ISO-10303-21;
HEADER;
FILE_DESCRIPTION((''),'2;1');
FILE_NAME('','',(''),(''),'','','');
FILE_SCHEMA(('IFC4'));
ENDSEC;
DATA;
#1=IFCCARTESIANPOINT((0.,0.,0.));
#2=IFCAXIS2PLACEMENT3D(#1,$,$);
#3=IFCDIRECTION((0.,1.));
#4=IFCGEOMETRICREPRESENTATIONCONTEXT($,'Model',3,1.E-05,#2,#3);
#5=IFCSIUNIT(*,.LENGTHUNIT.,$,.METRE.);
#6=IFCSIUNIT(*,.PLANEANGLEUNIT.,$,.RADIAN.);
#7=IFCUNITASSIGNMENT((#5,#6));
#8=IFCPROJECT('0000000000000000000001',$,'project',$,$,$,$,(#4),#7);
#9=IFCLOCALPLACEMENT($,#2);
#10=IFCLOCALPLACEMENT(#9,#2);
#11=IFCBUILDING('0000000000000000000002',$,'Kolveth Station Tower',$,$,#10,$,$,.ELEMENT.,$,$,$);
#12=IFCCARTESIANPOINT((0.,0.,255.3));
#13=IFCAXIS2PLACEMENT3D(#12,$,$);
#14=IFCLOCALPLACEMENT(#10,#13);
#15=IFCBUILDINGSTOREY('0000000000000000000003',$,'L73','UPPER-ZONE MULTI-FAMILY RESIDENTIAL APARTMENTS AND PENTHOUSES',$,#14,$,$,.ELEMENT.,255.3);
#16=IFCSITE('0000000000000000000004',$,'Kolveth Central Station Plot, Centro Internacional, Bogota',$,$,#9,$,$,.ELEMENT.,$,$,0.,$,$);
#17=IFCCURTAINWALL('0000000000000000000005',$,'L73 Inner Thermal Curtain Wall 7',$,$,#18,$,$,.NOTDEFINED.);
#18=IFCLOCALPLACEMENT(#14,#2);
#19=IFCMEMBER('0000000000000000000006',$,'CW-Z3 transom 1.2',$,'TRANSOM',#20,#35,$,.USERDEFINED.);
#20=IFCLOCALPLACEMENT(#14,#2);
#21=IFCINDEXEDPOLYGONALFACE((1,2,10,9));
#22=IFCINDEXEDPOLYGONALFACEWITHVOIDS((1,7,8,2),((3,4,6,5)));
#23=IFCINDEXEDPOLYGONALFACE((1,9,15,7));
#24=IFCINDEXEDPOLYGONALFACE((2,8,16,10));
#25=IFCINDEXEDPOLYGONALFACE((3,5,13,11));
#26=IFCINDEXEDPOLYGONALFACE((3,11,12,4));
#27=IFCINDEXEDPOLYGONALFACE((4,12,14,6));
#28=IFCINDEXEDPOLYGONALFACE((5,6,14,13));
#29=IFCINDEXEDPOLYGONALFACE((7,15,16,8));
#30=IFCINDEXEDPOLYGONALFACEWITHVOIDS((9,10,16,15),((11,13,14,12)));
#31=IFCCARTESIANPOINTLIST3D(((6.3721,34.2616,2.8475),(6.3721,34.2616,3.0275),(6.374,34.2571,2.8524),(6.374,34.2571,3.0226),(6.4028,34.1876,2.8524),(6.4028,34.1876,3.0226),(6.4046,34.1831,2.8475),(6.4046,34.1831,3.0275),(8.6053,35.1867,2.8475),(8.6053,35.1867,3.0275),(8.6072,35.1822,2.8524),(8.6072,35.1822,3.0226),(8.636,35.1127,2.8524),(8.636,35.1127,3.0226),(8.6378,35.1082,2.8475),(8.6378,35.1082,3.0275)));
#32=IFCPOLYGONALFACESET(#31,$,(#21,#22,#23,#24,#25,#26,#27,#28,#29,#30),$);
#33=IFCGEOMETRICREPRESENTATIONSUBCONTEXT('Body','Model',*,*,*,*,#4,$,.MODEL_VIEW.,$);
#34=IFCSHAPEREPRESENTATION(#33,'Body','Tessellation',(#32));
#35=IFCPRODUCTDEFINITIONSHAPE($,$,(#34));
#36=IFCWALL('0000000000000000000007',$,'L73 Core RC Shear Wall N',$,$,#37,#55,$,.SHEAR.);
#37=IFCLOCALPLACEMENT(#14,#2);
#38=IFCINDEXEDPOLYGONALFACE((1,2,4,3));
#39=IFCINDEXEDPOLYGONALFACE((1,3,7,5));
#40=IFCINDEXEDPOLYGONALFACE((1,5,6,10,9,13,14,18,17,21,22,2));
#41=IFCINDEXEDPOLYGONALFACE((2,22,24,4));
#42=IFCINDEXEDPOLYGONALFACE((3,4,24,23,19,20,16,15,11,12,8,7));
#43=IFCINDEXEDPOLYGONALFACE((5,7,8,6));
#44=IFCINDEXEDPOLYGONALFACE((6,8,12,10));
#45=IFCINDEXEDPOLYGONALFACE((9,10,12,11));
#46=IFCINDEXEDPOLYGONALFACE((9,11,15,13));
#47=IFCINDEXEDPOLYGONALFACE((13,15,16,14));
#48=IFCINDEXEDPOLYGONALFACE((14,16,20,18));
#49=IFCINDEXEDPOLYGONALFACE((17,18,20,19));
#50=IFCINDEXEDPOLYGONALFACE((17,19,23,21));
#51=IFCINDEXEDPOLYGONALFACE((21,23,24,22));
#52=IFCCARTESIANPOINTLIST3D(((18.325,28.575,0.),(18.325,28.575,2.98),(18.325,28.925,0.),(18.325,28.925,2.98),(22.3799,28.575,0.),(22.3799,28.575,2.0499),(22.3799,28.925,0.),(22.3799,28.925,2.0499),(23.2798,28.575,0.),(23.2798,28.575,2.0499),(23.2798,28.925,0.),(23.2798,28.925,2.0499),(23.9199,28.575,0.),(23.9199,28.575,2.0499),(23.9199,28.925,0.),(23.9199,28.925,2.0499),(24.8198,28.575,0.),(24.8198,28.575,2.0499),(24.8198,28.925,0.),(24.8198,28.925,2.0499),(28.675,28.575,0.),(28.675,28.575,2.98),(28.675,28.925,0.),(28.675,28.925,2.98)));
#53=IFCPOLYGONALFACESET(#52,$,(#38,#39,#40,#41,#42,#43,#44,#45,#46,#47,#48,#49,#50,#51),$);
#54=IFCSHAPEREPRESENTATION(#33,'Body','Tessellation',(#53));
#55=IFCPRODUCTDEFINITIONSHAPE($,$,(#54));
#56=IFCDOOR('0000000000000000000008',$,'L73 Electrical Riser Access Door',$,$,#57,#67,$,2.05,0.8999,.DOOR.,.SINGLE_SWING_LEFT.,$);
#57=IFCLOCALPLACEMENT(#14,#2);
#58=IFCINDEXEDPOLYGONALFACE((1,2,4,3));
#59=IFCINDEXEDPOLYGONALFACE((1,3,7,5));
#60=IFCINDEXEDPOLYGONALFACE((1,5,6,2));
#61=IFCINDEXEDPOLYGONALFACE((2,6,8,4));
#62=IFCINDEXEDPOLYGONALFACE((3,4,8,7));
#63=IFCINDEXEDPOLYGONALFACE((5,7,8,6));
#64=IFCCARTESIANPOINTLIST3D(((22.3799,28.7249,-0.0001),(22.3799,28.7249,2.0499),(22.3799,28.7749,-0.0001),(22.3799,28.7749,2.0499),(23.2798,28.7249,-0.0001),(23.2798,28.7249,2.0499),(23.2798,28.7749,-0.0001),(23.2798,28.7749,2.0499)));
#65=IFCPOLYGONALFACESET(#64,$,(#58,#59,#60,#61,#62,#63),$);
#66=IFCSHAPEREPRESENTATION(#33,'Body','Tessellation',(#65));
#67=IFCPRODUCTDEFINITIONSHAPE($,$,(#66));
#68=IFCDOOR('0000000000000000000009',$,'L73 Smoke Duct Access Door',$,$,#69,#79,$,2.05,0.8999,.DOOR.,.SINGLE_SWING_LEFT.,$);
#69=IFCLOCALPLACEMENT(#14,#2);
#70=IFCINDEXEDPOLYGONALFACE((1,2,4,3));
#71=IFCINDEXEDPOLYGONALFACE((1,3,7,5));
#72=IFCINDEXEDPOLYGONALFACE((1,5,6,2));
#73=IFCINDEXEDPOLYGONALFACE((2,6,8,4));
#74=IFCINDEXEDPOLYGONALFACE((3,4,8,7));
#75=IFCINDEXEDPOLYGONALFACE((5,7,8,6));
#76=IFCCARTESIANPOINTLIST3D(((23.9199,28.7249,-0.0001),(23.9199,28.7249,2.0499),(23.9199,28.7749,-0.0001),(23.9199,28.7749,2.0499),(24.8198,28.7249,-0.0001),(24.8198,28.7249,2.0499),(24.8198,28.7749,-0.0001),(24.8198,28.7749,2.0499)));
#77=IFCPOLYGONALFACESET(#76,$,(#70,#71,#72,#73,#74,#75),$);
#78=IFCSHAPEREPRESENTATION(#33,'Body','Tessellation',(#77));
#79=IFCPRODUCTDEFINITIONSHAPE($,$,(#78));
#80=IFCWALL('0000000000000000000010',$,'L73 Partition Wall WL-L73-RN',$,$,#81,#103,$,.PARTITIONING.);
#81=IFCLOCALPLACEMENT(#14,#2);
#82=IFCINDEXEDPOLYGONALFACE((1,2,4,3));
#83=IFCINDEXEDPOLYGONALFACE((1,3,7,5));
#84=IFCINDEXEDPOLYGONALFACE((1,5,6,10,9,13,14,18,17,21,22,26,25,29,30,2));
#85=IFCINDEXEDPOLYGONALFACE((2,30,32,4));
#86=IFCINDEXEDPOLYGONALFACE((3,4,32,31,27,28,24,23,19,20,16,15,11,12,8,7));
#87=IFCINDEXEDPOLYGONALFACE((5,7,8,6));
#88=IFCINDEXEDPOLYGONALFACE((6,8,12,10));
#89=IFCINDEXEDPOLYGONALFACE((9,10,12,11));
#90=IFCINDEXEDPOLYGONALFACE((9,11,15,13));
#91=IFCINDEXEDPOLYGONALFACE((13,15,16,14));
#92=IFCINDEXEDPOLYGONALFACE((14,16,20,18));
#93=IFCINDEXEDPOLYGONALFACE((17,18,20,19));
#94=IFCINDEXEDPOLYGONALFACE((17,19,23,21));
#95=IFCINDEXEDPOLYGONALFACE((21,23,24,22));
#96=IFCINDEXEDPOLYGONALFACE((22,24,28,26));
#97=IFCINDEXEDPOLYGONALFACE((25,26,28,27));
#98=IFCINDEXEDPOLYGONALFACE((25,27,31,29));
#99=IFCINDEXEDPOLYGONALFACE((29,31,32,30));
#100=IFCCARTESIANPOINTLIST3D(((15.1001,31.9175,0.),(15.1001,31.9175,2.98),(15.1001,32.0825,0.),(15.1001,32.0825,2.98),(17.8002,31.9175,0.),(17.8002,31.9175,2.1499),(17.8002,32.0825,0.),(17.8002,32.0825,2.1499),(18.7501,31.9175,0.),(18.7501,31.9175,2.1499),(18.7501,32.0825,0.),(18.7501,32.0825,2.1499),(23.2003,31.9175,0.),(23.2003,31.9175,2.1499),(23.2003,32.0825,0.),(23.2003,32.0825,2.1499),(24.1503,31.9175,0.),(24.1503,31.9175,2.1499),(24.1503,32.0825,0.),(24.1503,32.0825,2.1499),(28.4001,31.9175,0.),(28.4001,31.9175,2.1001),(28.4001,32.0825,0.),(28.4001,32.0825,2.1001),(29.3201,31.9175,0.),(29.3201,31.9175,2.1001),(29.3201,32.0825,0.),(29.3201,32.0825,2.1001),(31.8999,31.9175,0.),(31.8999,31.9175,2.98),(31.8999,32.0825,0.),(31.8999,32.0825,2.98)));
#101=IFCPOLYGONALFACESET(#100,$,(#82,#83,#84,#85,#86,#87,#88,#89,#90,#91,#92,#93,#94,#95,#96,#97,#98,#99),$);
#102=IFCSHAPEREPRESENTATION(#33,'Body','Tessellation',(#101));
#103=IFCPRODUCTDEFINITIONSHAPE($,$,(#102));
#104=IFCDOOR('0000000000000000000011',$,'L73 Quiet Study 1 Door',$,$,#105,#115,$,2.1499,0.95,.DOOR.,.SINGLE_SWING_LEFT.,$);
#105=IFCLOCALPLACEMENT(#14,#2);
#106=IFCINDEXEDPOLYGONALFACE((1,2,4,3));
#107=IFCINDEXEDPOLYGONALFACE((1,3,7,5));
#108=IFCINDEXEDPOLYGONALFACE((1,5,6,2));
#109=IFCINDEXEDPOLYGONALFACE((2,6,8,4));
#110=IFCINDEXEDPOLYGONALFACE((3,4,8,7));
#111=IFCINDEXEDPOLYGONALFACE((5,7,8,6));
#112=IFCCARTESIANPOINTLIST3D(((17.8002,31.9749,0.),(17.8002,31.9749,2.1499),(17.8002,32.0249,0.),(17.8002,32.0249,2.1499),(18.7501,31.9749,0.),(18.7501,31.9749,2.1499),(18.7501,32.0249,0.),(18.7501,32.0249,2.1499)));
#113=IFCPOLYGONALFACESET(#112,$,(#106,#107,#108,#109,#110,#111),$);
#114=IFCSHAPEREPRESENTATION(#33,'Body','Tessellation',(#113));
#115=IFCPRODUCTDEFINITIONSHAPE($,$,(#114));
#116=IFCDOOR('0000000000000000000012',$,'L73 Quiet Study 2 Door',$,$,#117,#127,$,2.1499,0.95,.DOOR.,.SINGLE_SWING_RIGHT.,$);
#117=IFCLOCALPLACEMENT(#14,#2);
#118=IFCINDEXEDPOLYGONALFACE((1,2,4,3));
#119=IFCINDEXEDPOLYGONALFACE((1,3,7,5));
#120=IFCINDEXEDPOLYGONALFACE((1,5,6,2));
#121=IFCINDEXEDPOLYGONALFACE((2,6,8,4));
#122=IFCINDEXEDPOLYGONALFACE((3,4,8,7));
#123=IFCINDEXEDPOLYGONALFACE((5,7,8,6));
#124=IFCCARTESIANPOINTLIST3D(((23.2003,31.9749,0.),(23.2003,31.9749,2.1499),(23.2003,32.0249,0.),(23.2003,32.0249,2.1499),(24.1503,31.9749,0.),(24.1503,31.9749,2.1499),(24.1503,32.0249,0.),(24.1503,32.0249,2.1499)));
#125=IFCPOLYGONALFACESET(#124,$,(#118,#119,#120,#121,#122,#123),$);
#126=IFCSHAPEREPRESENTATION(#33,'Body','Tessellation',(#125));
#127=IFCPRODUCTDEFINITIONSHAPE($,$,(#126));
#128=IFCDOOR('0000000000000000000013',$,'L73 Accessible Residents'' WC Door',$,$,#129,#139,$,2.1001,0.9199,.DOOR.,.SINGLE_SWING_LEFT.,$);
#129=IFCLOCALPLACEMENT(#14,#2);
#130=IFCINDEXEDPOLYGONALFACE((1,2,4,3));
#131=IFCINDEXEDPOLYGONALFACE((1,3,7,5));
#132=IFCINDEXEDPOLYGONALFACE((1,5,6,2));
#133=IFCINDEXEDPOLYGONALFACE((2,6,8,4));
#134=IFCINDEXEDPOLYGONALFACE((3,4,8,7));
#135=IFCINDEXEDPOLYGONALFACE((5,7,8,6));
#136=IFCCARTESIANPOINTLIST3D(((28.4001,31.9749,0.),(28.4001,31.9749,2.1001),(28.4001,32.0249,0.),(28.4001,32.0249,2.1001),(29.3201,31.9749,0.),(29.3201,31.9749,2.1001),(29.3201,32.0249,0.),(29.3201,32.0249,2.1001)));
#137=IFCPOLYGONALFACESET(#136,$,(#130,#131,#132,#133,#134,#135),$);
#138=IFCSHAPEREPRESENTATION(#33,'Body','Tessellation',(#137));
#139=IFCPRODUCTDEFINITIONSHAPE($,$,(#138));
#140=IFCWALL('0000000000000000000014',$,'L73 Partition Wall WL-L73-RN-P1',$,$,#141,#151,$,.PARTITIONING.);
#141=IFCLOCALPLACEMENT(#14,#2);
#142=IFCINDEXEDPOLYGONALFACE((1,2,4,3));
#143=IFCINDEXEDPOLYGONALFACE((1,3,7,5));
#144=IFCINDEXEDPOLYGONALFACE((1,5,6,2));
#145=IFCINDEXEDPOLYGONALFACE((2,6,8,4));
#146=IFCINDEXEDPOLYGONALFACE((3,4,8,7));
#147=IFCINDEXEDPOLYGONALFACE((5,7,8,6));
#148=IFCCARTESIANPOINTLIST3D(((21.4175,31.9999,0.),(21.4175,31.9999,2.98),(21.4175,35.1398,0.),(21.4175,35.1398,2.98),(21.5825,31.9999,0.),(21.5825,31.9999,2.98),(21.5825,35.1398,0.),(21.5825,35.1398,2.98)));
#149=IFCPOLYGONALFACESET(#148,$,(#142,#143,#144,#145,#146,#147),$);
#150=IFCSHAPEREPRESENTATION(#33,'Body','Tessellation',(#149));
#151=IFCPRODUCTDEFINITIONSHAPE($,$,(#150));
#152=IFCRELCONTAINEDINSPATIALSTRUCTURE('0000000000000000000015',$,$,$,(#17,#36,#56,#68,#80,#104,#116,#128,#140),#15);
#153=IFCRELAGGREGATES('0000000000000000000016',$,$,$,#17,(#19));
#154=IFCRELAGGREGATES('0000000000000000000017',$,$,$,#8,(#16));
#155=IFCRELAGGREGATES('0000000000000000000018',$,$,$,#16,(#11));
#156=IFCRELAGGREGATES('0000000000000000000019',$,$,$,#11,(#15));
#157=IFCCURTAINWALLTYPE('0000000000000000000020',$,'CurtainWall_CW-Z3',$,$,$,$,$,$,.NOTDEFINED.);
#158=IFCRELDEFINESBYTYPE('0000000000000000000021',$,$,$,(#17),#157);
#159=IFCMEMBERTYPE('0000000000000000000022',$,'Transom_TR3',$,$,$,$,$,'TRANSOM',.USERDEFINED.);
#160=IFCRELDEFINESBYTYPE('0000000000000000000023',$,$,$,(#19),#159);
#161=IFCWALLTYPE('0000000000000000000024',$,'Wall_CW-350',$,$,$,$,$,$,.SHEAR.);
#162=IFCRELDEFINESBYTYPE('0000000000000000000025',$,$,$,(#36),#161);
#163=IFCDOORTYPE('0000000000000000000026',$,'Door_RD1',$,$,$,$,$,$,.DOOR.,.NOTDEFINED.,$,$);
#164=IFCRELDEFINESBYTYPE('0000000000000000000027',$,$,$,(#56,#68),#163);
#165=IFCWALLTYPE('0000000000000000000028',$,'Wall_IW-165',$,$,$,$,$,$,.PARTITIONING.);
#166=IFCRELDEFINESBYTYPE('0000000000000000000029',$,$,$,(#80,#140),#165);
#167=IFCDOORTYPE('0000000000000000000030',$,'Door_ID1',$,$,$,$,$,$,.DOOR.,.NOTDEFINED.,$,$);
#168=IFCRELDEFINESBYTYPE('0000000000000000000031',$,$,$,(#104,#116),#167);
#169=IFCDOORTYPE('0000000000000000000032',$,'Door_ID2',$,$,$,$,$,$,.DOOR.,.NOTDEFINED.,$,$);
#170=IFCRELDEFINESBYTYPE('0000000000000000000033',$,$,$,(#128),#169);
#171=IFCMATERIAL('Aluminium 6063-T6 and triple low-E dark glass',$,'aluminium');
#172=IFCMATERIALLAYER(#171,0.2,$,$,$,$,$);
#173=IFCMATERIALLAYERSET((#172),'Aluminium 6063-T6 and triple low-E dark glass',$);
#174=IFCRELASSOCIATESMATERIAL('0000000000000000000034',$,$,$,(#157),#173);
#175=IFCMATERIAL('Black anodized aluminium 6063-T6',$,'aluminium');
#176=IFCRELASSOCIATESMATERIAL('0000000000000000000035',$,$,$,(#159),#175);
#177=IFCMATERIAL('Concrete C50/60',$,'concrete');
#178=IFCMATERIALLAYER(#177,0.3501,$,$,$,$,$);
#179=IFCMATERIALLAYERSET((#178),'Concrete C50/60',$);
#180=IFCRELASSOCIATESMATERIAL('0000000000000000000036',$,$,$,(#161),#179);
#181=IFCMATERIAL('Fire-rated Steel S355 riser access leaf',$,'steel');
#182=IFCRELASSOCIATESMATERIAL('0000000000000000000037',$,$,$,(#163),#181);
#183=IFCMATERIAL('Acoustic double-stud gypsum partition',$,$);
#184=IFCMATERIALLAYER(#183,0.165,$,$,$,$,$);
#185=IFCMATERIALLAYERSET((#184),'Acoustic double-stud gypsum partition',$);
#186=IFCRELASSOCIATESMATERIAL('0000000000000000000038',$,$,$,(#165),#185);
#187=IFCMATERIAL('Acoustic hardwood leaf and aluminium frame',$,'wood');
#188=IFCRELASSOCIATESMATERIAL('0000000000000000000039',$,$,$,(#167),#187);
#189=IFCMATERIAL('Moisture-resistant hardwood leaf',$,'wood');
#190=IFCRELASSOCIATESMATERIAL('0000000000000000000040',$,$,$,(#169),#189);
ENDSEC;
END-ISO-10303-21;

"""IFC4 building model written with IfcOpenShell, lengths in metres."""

from ifc_helpers import new_model, si_unit, direction, frame, frame_2d, origin, origin_2d, place, context, subcontext, project, spatial, rectangle, hollow_rectangle, extrude, source, transform, mapped, material, layer, layer_set, material_profile, profile_set, type_object, element, fill, aggregate, save


model = new_model("IFC4")

# Units and contexts
model_context = context("Model", 3, precision=1e-05, world=origin(), true_north=direction((0.0, 1.0)))
body_context = subcontext(model_context, "Body", "Model", "MODEL_VIEW")
ifc_project = project(units=[si_unit("LENGTHUNIT", "METRE"), si_unit("PLANEANGLEUNIT", "RADIAN")], contexts=[model_context])

# Site, building, storey
site_placement = place(None, origin())
site = spatial("IfcSite", under=ifc_project, at=site_placement, Name="Kolveth Central Station Plot, Centro Internacional, Bogota", CompositionType="ELEMENT", RefElevation=0.0)
building_placement = place(site_placement, origin())
building = spatial("IfcBuilding", under=site, at=building_placement, Name="Kolveth Station Tower", CompositionType="ELEMENT")
storey_placement = place(building_placement, frame((0.0, 0.0, 255.3)))
storey = spatial("IfcBuildingStorey", under=building, at=storey_placement, Name="L73", Description="UPPER-ZONE MULTI-FAMILY RESIDENTIAL APARTMENTS AND PENTHOUSES", CompositionType="ELEMENT", Elevation=255.3)

# Shared definitions
ifc_material_1 = material(Name="Black anodized aluminium 6063-T6", Category="aluminium")
ifc_material_2 = material(Name="Aluminium 6063-T6 and triple low-E dark glass", Category="aluminium")
ifc_layer_1 = layer(ifc_material_2, 0.2)
ifc_layer_set_1 = layer_set([ifc_layer_1], Name="Aluminium 6063-T6 and triple low-E dark glass")
curtain_wall_type_1 = type_object("IfcCurtainWallType", Name="CurtainWall_CW-Z3", PredefinedType="NOTDEFINED", material=ifc_layer_set_1)

# Curtain wall, member
curtain_wall_1_placement = place(storey_placement, origin())
curtain_wall_1 = element("IfcCurtainWall", 1, at=curtain_wall_1_placement, inside=storey, type_object=curtain_wall_type_1, Name="L73 Inner Thermal Curtain Wall 7", PredefinedType="NOTDEFINED")
ifc_material_profile_1 = material_profile(ifc_material_1, hollow_rectangle(XDim=0.085, YDim=0.1799, WallThickness=0.0049, at=origin_2d()), Name="ALU-85x180x5")
ifc_profile_set_1 = profile_set([ifc_material_profile_1], Name="Black anodized aluminium 6063-T6")
member_type_1 = type_object("IfcMemberType", Name="Transom_TR3", ElementType="TRANSOM", PredefinedType="USERDEFINED", material=ifc_profile_set_1)
shared_shape_1 = source(origin(), body_context, "Body", "SweptSolid", [
    extrude(hollow_rectangle(XDim=0.085, YDim=0.1799, WallThickness=0.0049, at=origin_2d()), origin(), (0.0, 0.0, 1.0), 2.4172),
])
member_1_placement = place(storey_placement, frame((8.6216, 35.1475, 2.9375), z_axis=(-0.923873, -0.3827, 0.0), x_axis=(0.3827, -0.923873, 0.0)))
member_1 = element("IfcMember", 2, at=member_1_placement, type_object=member_type_1, Name="CW-Z3 transom 1.2", ObjectType="TRANSOM", PredefinedType="USERDEFINED", context=body_context, shape_type="MappedRepresentation", body=[
    mapped(shared_shape_1, transform((0.0, 0.0, 0.0), x_axis=(1.0, 0.0, 0.0), y_axis=(0.0, 1.0, 0.0), z_axis=(0.0, 0.0, 1.0), scale=1.0)),
])
aggregate(curtain_wall_1, [member_1])

# Walls, openings, doors
ifc_material_3 = material(Name="Concrete C50/60", Category="concrete")
ifc_layer_2 = layer(ifc_material_3, 0.3501)
ifc_layer_set_2 = layer_set([ifc_layer_2], Name="Concrete C50/60")
wall_type_1 = type_object("IfcWallType", Name="Wall_CW-350", PredefinedType="SHEAR", material=ifc_layer_set_2)
wall_1_placement = place(storey_placement, frame((18.325, 28.75, 0.0), z_axis=(0.0, 0.0, 1.0), x_axis=(1.0, 0.0, 0.0)))
wall_1 = element("IfcWall", 3, at=wall_1_placement, inside=storey, type_object=wall_type_1, Name="L73 Core RC Shear Wall N", PredefinedType="SHEAR", context=body_context, shape_type="SweptSolid", body=[
    extrude(rectangle(XDim=10.3501, YDim=0.3501, at=frame_2d((5.175, 0.0))), origin(), (0.0, 0.0, 1.0), 2.98),
])
opening_1_placement = place(wall_1_placement, frame((4.0549, 0.0, 0.0)))
opening_1 = element("IfcOpeningElement", 4, at=opening_1_placement, cuts=wall_1, PredefinedType="OPENING", context=body_context, shape_type="SweptSolid", body=[
    extrude(rectangle(XDim=0.8999, YDim=2.05, at=frame_2d((0.45, 1.0249))), frame((0.0, 0.1851, 0.0), z_axis=(0.0, -1.0, 0.0), x_axis=(1.0, 0.0, 0.0)), (0.0, 0.0, 1.0), 0.3701),
])
opening_2_placement = place(wall_1_placement, frame((5.595, 0.0, 0.0)))
opening_2 = element("IfcOpeningElement", 5, at=opening_2_placement, cuts=wall_1, PredefinedType="OPENING", context=body_context, shape_type="SweptSolid", body=[
    extrude(rectangle(XDim=0.8999, YDim=2.05, at=frame_2d((0.45, 1.0249))), frame((0.0, 0.1851, 0.0), z_axis=(0.0, -1.0, 0.0), x_axis=(1.0, 0.0, 0.0)), (0.0, 0.0, 1.0), 0.3701),
])
ifc_material_4 = material(Name="Fire-rated Steel S355 riser access leaf", Category="steel")
door_type_1 = type_object("IfcDoorType", Name="Door_RD1", OperationType="NOTDEFINED", PredefinedType="DOOR", material=ifc_material_4)
door_1_placement = place(opening_1_placement, origin())
door_1 = element("IfcDoor", 6, at=door_1_placement, inside=storey, type_object=door_type_1, Name="L73 Electrical Riser Access Door", OperationType="SINGLE_SWING_LEFT", OverallHeight=2.05, OverallWidth=0.8999, PredefinedType="DOOR", context=body_context, shape_type="SweptSolid", body=[
    extrude(rectangle(XDim=0.8999, YDim=2.05, at=frame_2d((0.45, 1.0249))), frame((0.0, 0.0249, 0.0), z_axis=(0.0, -1.0, 0.0), x_axis=(1.0, 0.0, 0.0)), (0.0, 0.0, 1.0), 0.05),
])
fill(opening_1, door_1)
door_2_placement = place(opening_2_placement, origin())
door_2 = element("IfcDoor", 7, at=door_2_placement, inside=storey, type_object=door_type_1, Name="L73 Smoke Duct Access Door", OperationType="SINGLE_SWING_LEFT", OverallHeight=2.05, OverallWidth=0.8999, PredefinedType="DOOR", context=body_context, shape_type="SweptSolid", body=[
    extrude(rectangle(XDim=0.8999, YDim=2.05, at=frame_2d((0.45, 1.0249))), frame((0.0, 0.0249, 0.0), z_axis=(0.0, -1.0, 0.0), x_axis=(1.0, 0.0, 0.0)), (0.0, 0.0, 1.0), 0.05),
])
fill(opening_2, door_2)
ifc_material_5 = material(Name="Acoustic double-stud gypsum partition")
ifc_layer_3 = layer(ifc_material_5, 0.165)
ifc_layer_set_3 = layer_set([ifc_layer_3], Name="Acoustic double-stud gypsum partition")
wall_type_2 = type_object("IfcWallType", Name="Wall_IW-165", PredefinedType="PARTITIONING", material=ifc_layer_set_3)
wall_2_placement = place(storey_placement, frame((15.1001, 32.0, 0.0), z_axis=(0.0, 0.0, 1.0), x_axis=(1.0, 0.0, 0.0)))
wall_2 = element("IfcWall", 8, at=wall_2_placement, inside=storey, type_object=wall_type_2, Name="L73 Partition Wall WL-L73-RN", PredefinedType="PARTITIONING", context=body_context, shape_type="SweptSolid", body=[
    extrude(rectangle(XDim=16.7998, YDim=0.165, at=frame_2d((8.3999, 0.0))), origin(), (0.0, 0.0, 1.0), 2.98),
])
opening_3_placement = place(wall_2_placement, frame((2.7, 0.0, 0.0)))
opening_3 = element("IfcOpeningElement", 9, at=opening_3_placement, cuts=wall_2, PredefinedType="OPENING", context=body_context, shape_type="SweptSolid", body=[
    extrude(rectangle(XDim=0.95, YDim=2.1499, at=frame_2d((0.4751, 1.075))), frame((0.0, 0.0925, 0.0), z_axis=(0.0, -1.0, 0.0), x_axis=(1.0, 0.0, 0.0)), (0.0, 0.0, 1.0), 0.1851),
])
opening_4_placement = place(wall_2_placement, frame((8.1001, 0.0, 0.0)))
opening_4 = element("IfcOpeningElement", 10, at=opening_4_placement, cuts=wall_2, PredefinedType="OPENING", context=body_context, shape_type="SweptSolid", body=[
    extrude(rectangle(XDim=0.95, YDim=2.1499, at=frame_2d((0.4751, 1.075))), frame((0.0, 0.0925, 0.0), z_axis=(0.0, -1.0, 0.0), x_axis=(1.0, 0.0, 0.0)), (0.0, 0.0, 1.0), 0.1851),
])
opening_5_placement = place(wall_2_placement, frame((13.3, 0.0, 0.0)))
opening_5 = element("IfcOpeningElement", 11, at=opening_5_placement, cuts=wall_2, PredefinedType="OPENING", context=body_context, shape_type="SweptSolid", body=[
    extrude(rectangle(XDim=0.9199, YDim=2.1001, at=frame_2d((0.46, 1.05))), frame((0.0, 0.0925, 0.0), z_axis=(0.0, -1.0, 0.0), x_axis=(1.0, 0.0, 0.0)), (0.0, 0.0, 1.0), 0.1851),
])
ifc_material_6 = material(Name="Acoustic hardwood leaf and aluminium frame", Category="wood")
door_type_2 = type_object("IfcDoorType", Name="Door_ID1", OperationType="NOTDEFINED", PredefinedType="DOOR", material=ifc_material_6)
door_3_placement = place(opening_3_placement, origin())
door_3 = element("IfcDoor", 12, at=door_3_placement, inside=storey, type_object=door_type_2, Name="L73 Quiet Study 1 Door", OperationType="SINGLE_SWING_LEFT", OverallHeight=2.1499, OverallWidth=0.95, PredefinedType="DOOR", context=body_context, shape_type="SweptSolid", body=[
    extrude(rectangle(XDim=0.95, YDim=2.1499, at=frame_2d((0.4751, 1.075))), frame((0.0, 0.0249, 0.0), z_axis=(0.0, -1.0, 0.0), x_axis=(1.0, 0.0, 0.0)), (0.0, 0.0, 1.0), 0.05),
])
fill(opening_3, door_3)
door_4_placement = place(opening_4_placement, origin())
door_4 = element("IfcDoor", 13, at=door_4_placement, inside=storey, type_object=door_type_2, Name="L73 Quiet Study 2 Door", OperationType="SINGLE_SWING_RIGHT", OverallHeight=2.1499, OverallWidth=0.95, PredefinedType="DOOR", context=body_context, shape_type="SweptSolid", body=[
    extrude(rectangle(XDim=0.95, YDim=2.1499, at=frame_2d((0.4751, 1.075))), frame((0.0, 0.0249, 0.0), z_axis=(0.0, -1.0, 0.0), x_axis=(1.0, 0.0, 0.0)), (0.0, 0.0, 1.0), 0.05),
])
fill(opening_4, door_4)
ifc_material_7 = material(Name="Moisture-resistant hardwood leaf", Category="wood")
door_type_3 = type_object("IfcDoorType", Name="Door_ID2", OperationType="NOTDEFINED", PredefinedType="DOOR", material=ifc_material_7)
door_5_placement = place(opening_5_placement, origin())
door_5 = element("IfcDoor", 14, at=door_5_placement, inside=storey, type_object=door_type_3, Name="L73 Accessible Residents' WC Door", OperationType="SINGLE_SWING_LEFT", OverallHeight=2.1001, OverallWidth=0.9199, PredefinedType="DOOR", context=body_context, shape_type="SweptSolid", body=[
    extrude(rectangle(XDim=0.9199, YDim=2.1001, at=frame_2d((0.46, 1.05))), frame((0.0, 0.0249, 0.0), z_axis=(0.0, -1.0, 0.0), x_axis=(1.0, 0.0, 0.0)), (0.0, 0.0, 1.0), 0.05),
])
fill(opening_5, door_5)

# Wall
wall_3_placement = place(storey_placement, frame((21.5, 32.0, 0.0), z_axis=(0.0, 0.0, 1.0), x_axis=(0.0, 1.0, 0.0)))
element("IfcWall", 15, at=wall_3_placement, inside=storey, type_object=wall_type_2, Name="L73 Partition Wall WL-L73-RN-P1", PredefinedType="PARTITIONING", context=body_context, shape_type="SweptSolid", body=[
    extrude(rectangle(XDim=3.1399, YDim=0.165, at=frame_2d((1.5698, 0.0))), origin(), (0.0, 0.0, 1.0), 2.98),
])

save(model, "model.ifc")
